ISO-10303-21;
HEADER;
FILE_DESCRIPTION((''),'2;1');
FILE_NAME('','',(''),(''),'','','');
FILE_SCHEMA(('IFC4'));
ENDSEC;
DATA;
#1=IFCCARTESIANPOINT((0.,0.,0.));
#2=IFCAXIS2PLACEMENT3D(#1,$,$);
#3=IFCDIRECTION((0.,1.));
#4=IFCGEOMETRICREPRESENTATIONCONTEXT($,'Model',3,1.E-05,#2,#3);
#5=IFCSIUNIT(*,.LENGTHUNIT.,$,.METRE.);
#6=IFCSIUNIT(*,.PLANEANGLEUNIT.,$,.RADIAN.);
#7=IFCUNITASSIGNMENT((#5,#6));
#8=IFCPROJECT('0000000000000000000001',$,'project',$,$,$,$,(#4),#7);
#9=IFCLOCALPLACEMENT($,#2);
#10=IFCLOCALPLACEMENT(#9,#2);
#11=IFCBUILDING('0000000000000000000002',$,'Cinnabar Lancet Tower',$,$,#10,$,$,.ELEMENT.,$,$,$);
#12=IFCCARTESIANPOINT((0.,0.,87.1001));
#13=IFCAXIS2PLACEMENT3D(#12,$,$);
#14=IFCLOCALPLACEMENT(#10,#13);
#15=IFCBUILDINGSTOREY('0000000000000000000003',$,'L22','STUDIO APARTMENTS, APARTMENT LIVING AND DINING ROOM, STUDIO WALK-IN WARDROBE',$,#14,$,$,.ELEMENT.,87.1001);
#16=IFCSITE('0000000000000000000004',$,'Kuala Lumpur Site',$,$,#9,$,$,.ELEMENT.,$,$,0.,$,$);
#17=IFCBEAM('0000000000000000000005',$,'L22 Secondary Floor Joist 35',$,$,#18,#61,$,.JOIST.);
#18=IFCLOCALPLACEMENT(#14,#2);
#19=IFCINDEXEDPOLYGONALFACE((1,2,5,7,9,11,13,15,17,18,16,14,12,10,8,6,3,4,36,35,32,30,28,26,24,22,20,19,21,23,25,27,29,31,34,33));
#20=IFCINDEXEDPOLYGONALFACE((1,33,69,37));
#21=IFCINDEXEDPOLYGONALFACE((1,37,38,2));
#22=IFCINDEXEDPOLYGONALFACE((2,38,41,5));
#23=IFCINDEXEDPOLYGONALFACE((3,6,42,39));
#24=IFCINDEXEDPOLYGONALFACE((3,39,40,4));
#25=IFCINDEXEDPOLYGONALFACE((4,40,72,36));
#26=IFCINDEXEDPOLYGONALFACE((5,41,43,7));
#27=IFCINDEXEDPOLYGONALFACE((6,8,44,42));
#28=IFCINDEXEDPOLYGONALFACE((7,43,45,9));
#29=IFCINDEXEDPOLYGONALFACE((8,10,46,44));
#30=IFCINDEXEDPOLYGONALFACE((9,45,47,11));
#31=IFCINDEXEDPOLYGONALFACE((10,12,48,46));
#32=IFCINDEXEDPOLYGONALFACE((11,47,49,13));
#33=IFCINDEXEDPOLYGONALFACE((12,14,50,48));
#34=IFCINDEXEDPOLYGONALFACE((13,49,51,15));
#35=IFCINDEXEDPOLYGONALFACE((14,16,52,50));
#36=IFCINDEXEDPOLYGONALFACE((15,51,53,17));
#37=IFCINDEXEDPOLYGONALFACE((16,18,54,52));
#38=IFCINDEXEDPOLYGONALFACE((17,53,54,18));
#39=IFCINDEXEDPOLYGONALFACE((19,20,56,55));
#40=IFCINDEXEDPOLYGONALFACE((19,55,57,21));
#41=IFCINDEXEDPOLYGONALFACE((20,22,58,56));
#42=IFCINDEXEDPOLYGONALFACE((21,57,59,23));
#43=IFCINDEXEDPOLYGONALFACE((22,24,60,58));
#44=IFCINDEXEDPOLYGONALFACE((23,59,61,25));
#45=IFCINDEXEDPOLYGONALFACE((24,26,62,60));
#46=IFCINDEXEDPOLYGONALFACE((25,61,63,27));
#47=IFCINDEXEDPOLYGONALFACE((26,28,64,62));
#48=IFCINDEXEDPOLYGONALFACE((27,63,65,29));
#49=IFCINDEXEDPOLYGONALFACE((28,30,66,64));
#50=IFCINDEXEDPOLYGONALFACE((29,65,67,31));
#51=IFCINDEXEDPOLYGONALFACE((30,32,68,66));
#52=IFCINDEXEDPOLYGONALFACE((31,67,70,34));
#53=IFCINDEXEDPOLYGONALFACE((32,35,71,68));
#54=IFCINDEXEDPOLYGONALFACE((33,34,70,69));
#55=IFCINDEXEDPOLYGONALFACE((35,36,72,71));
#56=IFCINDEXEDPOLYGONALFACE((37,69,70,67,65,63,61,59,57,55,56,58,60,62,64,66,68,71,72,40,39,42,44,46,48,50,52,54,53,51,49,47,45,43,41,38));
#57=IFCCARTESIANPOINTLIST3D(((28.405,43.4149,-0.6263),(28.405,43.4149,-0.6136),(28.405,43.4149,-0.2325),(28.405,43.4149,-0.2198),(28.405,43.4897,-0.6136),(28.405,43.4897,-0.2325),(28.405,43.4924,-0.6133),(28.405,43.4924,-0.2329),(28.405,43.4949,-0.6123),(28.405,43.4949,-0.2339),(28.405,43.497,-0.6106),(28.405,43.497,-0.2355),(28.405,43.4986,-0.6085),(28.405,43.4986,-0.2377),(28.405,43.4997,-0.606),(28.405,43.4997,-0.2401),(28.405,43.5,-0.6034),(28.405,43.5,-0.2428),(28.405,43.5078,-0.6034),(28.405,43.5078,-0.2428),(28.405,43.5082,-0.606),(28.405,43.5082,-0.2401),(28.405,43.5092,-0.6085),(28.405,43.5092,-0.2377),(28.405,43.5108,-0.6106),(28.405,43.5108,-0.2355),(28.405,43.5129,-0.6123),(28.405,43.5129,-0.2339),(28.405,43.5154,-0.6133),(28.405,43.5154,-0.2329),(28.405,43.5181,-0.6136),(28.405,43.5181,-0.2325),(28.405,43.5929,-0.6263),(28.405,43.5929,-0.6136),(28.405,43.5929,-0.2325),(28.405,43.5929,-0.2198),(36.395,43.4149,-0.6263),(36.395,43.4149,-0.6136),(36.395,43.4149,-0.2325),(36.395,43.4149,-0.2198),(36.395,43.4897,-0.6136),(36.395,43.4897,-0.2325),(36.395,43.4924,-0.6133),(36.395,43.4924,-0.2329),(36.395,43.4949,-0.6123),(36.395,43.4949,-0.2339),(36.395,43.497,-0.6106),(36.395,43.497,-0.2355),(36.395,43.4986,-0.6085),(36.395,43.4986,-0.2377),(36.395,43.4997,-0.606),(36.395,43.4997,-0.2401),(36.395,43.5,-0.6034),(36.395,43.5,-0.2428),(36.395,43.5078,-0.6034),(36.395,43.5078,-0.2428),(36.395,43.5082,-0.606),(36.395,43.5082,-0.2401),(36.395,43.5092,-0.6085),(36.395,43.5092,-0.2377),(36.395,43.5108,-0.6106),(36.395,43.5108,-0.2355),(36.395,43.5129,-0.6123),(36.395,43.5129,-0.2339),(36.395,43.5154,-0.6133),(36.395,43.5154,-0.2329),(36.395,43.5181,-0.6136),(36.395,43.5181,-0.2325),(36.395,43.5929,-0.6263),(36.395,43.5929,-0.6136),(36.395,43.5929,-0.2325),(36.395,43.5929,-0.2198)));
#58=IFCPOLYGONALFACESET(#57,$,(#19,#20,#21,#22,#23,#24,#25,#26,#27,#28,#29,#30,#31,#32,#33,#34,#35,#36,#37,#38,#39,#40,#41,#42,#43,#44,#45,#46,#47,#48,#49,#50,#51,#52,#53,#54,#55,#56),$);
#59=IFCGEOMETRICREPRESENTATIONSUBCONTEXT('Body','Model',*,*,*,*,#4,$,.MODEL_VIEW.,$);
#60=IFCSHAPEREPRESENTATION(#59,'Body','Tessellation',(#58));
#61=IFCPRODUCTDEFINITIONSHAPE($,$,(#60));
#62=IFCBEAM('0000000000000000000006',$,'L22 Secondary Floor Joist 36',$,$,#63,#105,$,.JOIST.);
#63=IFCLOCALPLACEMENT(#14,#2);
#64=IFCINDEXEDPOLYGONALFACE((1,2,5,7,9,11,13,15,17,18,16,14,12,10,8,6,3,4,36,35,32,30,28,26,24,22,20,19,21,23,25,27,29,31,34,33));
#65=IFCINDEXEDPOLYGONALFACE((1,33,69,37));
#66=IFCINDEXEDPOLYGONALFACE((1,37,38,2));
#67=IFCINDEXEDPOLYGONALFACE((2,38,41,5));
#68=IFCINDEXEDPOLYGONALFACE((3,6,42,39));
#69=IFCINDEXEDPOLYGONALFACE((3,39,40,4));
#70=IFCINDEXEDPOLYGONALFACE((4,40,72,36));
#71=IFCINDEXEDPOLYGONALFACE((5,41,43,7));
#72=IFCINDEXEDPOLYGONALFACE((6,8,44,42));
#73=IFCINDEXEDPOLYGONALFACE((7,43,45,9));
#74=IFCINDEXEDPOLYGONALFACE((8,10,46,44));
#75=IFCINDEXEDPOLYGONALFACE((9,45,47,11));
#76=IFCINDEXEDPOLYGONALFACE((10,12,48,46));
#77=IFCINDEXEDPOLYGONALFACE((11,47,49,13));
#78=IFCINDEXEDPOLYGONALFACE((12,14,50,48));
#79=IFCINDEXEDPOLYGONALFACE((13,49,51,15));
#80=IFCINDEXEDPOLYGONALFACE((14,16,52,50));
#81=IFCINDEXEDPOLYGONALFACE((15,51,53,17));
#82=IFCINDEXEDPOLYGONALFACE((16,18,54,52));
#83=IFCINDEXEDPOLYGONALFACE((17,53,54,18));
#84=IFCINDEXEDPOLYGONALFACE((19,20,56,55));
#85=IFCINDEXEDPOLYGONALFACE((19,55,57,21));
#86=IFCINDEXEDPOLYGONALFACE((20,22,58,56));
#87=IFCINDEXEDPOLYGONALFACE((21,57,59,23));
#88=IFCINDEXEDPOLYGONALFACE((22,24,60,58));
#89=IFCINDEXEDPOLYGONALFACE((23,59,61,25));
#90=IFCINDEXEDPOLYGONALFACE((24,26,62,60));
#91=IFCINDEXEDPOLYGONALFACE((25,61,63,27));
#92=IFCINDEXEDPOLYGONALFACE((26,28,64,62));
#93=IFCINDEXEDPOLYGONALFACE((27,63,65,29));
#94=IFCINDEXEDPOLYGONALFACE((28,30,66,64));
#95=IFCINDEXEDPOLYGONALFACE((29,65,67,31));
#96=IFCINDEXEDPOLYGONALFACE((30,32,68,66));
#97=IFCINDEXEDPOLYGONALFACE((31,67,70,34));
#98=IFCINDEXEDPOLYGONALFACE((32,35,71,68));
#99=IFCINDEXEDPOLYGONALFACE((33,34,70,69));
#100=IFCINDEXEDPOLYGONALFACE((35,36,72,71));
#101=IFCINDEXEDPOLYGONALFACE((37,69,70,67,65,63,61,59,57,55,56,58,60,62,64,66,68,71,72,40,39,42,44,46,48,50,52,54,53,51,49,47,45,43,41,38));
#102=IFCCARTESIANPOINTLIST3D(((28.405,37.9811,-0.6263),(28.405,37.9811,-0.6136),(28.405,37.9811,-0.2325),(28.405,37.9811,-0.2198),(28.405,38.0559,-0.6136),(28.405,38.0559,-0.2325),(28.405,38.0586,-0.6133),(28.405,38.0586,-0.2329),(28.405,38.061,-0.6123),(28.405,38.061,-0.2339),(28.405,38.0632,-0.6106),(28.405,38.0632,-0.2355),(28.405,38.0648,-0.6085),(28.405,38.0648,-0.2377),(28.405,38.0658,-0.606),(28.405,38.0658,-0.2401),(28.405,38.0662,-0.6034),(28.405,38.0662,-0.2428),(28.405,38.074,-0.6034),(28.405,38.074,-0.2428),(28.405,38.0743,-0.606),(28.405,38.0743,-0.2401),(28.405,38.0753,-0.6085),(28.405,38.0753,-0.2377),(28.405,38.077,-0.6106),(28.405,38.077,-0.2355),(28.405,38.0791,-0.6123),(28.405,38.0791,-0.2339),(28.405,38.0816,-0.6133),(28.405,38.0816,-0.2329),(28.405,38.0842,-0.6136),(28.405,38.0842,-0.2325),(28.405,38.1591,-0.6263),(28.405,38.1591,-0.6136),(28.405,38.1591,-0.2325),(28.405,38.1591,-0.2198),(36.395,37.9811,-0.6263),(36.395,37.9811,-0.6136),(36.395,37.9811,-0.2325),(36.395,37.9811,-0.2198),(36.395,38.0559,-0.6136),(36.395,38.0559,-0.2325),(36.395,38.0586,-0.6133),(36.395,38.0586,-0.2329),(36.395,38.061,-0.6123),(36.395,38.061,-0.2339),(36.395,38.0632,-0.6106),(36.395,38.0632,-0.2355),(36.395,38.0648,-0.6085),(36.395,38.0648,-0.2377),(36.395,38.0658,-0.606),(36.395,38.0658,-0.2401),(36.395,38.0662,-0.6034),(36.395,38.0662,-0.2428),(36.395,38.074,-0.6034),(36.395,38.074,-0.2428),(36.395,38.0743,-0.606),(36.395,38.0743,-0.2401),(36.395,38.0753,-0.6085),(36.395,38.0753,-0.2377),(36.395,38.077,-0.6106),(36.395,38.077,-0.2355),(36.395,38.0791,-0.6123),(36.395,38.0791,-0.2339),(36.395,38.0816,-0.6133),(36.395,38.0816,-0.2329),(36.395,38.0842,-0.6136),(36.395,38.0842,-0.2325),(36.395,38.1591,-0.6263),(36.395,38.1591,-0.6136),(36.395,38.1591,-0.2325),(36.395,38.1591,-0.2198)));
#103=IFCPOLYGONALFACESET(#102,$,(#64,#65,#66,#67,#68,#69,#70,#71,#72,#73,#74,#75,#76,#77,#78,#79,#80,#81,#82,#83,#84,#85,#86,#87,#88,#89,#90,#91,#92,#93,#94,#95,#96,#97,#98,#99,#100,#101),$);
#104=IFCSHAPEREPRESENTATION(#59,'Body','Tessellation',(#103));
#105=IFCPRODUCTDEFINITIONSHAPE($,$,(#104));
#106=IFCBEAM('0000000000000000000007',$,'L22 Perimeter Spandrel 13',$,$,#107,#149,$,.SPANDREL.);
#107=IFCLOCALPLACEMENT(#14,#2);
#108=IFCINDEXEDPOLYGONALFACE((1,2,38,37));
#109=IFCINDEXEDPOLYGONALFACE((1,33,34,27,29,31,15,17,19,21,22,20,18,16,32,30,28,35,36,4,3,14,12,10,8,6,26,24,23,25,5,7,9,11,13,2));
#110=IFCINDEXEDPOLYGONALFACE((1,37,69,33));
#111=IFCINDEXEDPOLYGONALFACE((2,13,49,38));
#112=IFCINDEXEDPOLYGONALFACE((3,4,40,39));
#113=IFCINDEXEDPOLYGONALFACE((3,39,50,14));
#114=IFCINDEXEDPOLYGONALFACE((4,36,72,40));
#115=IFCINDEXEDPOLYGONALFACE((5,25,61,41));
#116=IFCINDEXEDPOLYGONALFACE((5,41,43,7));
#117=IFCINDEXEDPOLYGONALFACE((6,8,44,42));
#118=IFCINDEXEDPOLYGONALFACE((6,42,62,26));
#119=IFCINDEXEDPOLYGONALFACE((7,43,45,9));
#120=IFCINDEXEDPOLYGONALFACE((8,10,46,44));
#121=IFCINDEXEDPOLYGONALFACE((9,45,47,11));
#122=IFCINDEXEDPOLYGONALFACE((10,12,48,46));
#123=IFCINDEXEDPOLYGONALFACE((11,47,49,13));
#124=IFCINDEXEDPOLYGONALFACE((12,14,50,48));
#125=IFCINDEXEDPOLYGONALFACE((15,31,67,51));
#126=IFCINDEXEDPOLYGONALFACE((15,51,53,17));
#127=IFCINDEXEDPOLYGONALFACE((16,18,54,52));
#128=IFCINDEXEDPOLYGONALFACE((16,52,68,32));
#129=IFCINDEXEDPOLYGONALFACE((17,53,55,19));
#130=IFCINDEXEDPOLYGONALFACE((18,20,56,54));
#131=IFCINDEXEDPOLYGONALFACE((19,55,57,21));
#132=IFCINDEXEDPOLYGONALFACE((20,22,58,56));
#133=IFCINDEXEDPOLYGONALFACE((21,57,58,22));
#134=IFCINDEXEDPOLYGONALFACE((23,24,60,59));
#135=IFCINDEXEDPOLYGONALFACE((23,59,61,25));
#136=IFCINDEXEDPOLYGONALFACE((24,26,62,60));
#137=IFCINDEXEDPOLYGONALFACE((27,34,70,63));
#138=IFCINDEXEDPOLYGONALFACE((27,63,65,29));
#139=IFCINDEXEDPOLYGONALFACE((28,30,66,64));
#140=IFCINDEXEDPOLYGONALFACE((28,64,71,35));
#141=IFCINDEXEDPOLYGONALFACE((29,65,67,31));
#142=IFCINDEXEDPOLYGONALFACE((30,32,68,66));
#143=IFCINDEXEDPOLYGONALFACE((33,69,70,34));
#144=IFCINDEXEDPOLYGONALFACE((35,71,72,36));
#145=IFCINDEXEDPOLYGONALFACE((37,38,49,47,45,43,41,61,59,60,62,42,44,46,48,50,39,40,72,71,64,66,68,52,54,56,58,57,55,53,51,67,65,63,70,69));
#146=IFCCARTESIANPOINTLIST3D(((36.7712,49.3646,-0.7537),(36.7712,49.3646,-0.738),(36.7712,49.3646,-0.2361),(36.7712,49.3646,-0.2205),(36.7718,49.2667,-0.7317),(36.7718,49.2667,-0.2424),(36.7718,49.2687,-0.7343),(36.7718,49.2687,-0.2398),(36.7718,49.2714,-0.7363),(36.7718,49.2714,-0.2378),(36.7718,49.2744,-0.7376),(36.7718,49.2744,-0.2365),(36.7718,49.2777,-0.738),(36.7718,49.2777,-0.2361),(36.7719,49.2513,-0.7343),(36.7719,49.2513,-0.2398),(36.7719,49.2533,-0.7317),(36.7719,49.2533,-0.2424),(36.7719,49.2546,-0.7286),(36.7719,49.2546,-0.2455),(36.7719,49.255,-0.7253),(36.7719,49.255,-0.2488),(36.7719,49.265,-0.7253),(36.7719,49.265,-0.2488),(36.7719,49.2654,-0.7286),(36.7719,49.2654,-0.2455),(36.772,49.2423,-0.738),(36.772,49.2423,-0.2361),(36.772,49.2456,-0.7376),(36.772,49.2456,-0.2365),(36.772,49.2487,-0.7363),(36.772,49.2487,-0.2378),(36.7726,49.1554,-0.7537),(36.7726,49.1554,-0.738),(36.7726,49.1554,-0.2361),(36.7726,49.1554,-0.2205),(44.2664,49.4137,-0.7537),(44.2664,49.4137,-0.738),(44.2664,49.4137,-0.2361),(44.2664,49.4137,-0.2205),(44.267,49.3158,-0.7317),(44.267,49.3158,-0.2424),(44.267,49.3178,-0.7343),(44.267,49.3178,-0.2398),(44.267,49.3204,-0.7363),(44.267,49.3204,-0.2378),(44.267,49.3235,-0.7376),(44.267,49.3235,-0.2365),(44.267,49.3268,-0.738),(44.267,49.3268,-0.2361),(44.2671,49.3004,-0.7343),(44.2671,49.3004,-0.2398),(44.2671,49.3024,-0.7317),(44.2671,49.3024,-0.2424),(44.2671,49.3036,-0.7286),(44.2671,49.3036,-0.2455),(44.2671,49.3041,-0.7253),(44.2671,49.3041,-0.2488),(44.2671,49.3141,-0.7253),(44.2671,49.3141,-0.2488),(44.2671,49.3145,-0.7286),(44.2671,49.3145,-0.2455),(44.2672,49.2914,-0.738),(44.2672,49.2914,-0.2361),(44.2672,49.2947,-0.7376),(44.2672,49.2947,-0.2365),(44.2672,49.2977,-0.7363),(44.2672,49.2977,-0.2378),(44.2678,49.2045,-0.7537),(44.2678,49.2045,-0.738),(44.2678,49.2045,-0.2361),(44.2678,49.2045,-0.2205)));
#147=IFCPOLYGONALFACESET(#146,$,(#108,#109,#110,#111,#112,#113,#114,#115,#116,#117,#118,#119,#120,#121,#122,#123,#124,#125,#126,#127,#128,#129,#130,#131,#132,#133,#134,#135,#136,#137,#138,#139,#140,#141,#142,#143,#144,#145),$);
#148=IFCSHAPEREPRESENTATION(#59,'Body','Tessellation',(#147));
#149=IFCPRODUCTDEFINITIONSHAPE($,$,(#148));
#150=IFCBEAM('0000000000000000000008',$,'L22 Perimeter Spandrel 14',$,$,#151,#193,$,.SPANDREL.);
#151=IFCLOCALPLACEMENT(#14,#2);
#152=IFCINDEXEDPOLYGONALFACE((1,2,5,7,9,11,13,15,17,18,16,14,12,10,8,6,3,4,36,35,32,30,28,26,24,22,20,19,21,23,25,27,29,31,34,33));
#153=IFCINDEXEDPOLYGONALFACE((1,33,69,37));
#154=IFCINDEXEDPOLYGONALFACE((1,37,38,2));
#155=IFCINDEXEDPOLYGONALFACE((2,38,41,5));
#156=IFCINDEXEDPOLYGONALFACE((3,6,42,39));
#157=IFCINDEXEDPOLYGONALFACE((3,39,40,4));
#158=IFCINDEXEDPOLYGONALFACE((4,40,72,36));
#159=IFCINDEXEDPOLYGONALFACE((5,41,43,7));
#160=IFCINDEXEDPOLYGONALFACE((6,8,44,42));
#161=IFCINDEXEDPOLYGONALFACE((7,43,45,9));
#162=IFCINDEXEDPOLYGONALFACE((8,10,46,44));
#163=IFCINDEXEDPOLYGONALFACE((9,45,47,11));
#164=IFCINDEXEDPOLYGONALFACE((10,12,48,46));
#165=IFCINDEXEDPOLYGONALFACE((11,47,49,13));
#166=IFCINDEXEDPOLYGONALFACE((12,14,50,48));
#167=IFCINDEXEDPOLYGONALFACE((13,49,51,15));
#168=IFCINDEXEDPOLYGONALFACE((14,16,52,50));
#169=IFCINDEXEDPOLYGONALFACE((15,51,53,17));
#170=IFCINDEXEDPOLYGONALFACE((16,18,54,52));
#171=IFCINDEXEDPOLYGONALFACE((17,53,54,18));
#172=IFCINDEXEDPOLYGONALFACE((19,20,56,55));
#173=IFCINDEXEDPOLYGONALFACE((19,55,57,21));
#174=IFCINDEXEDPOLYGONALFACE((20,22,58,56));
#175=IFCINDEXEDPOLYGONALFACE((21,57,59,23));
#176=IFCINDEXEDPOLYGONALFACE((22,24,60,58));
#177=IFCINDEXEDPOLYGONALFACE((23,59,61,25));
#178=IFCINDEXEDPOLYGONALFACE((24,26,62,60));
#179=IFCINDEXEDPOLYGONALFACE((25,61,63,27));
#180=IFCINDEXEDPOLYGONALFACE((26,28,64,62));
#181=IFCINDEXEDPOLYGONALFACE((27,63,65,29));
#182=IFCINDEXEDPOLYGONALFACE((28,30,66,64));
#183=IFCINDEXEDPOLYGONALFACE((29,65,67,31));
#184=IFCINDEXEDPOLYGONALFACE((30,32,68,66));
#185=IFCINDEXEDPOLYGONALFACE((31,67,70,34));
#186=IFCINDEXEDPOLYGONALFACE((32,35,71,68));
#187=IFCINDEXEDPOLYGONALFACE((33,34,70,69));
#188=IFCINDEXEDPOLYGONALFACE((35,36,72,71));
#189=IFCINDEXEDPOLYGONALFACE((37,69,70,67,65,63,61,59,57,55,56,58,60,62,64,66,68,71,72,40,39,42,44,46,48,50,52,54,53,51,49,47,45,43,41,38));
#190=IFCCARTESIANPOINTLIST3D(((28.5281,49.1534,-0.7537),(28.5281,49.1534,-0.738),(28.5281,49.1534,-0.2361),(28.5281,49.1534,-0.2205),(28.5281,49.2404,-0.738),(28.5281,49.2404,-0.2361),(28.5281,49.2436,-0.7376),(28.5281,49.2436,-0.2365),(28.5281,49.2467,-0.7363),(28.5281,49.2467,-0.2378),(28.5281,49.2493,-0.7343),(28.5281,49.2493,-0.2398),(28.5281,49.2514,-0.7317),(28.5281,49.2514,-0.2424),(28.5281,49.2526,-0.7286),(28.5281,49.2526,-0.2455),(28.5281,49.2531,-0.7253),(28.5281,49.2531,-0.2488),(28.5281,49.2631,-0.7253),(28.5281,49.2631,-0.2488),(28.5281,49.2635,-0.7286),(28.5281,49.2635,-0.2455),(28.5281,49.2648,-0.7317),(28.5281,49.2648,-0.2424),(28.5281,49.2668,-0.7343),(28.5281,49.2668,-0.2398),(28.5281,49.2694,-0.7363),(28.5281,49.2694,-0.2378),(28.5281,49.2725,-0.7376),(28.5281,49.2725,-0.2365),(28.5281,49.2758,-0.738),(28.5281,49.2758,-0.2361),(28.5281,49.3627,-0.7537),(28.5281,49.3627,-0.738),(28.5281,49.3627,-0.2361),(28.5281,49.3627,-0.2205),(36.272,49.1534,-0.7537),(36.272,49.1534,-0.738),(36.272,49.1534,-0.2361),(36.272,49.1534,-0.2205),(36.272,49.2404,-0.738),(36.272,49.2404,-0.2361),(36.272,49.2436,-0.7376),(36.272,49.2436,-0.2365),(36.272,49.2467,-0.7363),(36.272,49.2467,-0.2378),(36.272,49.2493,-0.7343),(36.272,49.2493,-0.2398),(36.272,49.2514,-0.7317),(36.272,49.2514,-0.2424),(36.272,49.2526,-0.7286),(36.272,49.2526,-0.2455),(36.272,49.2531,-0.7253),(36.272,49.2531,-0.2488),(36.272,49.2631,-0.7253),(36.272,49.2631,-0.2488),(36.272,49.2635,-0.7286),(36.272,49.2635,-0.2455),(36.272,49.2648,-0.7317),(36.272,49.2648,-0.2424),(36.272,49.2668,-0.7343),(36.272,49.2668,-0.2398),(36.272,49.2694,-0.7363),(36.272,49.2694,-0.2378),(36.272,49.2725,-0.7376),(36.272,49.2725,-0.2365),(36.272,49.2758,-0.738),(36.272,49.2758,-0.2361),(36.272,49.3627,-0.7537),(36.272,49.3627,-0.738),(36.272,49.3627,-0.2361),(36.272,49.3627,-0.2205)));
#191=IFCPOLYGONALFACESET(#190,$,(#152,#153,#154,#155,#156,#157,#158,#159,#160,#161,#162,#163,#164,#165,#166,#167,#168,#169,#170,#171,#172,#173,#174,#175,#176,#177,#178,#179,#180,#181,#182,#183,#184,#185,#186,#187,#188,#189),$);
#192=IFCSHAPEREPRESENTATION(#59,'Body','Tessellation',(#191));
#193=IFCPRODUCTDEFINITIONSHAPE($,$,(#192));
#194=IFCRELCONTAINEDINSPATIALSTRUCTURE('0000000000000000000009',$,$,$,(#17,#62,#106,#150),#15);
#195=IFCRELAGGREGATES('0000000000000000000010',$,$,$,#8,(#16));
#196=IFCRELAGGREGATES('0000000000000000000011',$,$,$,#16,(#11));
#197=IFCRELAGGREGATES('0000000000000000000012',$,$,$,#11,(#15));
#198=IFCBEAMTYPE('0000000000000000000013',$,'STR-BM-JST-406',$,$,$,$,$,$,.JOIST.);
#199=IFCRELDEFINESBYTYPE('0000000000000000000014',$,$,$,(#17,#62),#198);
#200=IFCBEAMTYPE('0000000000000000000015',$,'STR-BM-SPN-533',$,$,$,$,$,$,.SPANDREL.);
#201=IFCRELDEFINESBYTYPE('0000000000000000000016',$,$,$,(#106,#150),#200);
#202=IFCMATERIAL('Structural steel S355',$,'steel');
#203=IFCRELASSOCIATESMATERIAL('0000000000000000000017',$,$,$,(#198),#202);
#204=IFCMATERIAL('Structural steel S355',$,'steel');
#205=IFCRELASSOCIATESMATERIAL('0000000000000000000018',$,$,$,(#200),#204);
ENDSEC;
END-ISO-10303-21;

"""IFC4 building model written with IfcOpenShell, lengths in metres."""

from ifc_helpers import new_model, si_unit, direction, frame, origin, origin_2d, place, context, subcontext, project, spatial, i_section, extrude, material, material_profile, profile_set, type_object, element, save


model = new_model("IFC4")

# Units and contexts
model_context = context("Model", 3, precision=1e-05, world=origin(), true_north=direction((0.0, 1.0)))
body_context = subcontext(model_context, "Body", "Model", "MODEL_VIEW")
ifc_project = project(units=[si_unit("LENGTHUNIT", "METRE"), si_unit("PLANEANGLEUNIT", "RADIAN")], contexts=[model_context])

# Site, building, storey
site_placement = place(None, origin())
site = spatial("IfcSite", under=ifc_project, at=site_placement, Name="Kuala Lumpur Site", CompositionType="ELEMENT", RefElevation=0.0)
building_placement = place(site_placement, origin())
building = spatial("IfcBuilding", under=site, at=building_placement, Name="Cinnabar Lancet Tower", CompositionType="ELEMENT")
storey_placement = place(building_placement, frame((0.0, 0.0, 87.1001)))
storey = spatial("IfcBuildingStorey", under=building, at=storey_placement, Name="L22", Description="STUDIO APARTMENTS, APARTMENT LIVING AND DINING ROOM, STUDIO WALK-IN WARDROBE", CompositionType="ELEMENT", Elevation=87.1001)

# Beams
ifc_material_1 = material(Name="Structural steel S355", Category="steel")
ifc_material_profile_1 = material_profile(ifc_material_1, i_section(OverallWidth=0.178, OverallDepth=0.4065, WebThickness=0.0078, FlangeThickness=0.0127, FilletRadius=0.0103, at=origin_2d()), Name="UKB 406x178x60")
ifc_profile_set_1 = profile_set([ifc_material_profile_1], Name="Structural steel S355")
beam_type_1 = type_object("IfcBeamType", Name="STR-BM-JST-406", PredefinedType="JOIST", material=ifc_profile_set_1)
for number, where, z_axis, x_axis, name in (
    (1, (36.395, 43.5039, -0.4231), (-1.0, 0.0, 0.0), (0.0, -1.0, 0.0), "L22 Secondary Floor Joist 35"),
    (2, (36.395, 38.0701, -0.4231), (-1.0, 0.0, 0.0), (0.0, -1.0, 0.0), "L22 Secondary Floor Joist 36"),
):
    element("IfcBeam", number, at=place(storey_placement, frame(where, z_axis=z_axis, x_axis=x_axis)), inside=storey, type_object=beam_type_1, Name=name, PredefinedType="JOIST", context=body_context, shape_type="SweptSolid", body=[
        extrude(i_section(OverallWidth=0.178, OverallDepth=0.4065, WebThickness=0.0078, FlangeThickness=0.0127, FilletRadius=0.0103, at=origin_2d()), origin(), (0.0, 0.0, 1.0), 7.99),
    ])
ifc_material_2 = material(Name="Structural steel S355", Category="steel")
ifc_material_profile_2 = material_profile(ifc_material_2, i_section(OverallWidth=0.2092, OverallDepth=0.5332, WebThickness=0.01, FlangeThickness=0.0156, FilletRadius=0.0127, at=origin_2d()), Name="UKB 533x210x92")
ifc_profile_set_2 = profile_set([ifc_material_profile_2], Name="Structural steel S355")
beam_type_2 = type_object("IfcBeamType", Name="STR-BM-SPN-533", PredefinedType="SPANDREL", material=ifc_profile_set_2)
beam_1_placement = place(storey_placement, frame((44.2671, 49.3091, -0.4871), z_axis=(-0.999979, -0.006547, 0.0), x_axis=(0.006547, -0.999979, 0.0)))
element("IfcBeam", 3, at=beam_1_placement, inside=storey, type_object=beam_type_2, Name="L22 Perimeter Spandrel 13", PredefinedType="SPANDREL", context=body_context, shape_type="SweptSolid", body=[
    extrude(i_section(OverallWidth=0.2092, OverallDepth=0.5332, WebThickness=0.01, FlangeThickness=0.0156, FilletRadius=0.0127, at=origin_2d()), origin(), (0.0, 0.0, 1.0), 7.4954),
])
beam_2_placement = place(storey_placement, frame((36.272, 49.2581, -0.4871), z_axis=(-1.0, 0.0, 0.0), x_axis=(0.0, -1.0, 0.0)))
element("IfcBeam", 4, at=beam_2_placement, inside=storey, type_object=beam_type_2, Name="L22 Perimeter Spandrel 14", PredefinedType="SPANDREL", context=body_context, shape_type="SweptSolid", body=[
    extrude(i_section(OverallWidth=0.2092, OverallDepth=0.5332, WebThickness=0.01, FlangeThickness=0.0156, FilletRadius=0.0127, at=origin_2d()), origin(), (0.0, 0.0, 1.0), 7.7439),
])

save(model, "model.ifc")
